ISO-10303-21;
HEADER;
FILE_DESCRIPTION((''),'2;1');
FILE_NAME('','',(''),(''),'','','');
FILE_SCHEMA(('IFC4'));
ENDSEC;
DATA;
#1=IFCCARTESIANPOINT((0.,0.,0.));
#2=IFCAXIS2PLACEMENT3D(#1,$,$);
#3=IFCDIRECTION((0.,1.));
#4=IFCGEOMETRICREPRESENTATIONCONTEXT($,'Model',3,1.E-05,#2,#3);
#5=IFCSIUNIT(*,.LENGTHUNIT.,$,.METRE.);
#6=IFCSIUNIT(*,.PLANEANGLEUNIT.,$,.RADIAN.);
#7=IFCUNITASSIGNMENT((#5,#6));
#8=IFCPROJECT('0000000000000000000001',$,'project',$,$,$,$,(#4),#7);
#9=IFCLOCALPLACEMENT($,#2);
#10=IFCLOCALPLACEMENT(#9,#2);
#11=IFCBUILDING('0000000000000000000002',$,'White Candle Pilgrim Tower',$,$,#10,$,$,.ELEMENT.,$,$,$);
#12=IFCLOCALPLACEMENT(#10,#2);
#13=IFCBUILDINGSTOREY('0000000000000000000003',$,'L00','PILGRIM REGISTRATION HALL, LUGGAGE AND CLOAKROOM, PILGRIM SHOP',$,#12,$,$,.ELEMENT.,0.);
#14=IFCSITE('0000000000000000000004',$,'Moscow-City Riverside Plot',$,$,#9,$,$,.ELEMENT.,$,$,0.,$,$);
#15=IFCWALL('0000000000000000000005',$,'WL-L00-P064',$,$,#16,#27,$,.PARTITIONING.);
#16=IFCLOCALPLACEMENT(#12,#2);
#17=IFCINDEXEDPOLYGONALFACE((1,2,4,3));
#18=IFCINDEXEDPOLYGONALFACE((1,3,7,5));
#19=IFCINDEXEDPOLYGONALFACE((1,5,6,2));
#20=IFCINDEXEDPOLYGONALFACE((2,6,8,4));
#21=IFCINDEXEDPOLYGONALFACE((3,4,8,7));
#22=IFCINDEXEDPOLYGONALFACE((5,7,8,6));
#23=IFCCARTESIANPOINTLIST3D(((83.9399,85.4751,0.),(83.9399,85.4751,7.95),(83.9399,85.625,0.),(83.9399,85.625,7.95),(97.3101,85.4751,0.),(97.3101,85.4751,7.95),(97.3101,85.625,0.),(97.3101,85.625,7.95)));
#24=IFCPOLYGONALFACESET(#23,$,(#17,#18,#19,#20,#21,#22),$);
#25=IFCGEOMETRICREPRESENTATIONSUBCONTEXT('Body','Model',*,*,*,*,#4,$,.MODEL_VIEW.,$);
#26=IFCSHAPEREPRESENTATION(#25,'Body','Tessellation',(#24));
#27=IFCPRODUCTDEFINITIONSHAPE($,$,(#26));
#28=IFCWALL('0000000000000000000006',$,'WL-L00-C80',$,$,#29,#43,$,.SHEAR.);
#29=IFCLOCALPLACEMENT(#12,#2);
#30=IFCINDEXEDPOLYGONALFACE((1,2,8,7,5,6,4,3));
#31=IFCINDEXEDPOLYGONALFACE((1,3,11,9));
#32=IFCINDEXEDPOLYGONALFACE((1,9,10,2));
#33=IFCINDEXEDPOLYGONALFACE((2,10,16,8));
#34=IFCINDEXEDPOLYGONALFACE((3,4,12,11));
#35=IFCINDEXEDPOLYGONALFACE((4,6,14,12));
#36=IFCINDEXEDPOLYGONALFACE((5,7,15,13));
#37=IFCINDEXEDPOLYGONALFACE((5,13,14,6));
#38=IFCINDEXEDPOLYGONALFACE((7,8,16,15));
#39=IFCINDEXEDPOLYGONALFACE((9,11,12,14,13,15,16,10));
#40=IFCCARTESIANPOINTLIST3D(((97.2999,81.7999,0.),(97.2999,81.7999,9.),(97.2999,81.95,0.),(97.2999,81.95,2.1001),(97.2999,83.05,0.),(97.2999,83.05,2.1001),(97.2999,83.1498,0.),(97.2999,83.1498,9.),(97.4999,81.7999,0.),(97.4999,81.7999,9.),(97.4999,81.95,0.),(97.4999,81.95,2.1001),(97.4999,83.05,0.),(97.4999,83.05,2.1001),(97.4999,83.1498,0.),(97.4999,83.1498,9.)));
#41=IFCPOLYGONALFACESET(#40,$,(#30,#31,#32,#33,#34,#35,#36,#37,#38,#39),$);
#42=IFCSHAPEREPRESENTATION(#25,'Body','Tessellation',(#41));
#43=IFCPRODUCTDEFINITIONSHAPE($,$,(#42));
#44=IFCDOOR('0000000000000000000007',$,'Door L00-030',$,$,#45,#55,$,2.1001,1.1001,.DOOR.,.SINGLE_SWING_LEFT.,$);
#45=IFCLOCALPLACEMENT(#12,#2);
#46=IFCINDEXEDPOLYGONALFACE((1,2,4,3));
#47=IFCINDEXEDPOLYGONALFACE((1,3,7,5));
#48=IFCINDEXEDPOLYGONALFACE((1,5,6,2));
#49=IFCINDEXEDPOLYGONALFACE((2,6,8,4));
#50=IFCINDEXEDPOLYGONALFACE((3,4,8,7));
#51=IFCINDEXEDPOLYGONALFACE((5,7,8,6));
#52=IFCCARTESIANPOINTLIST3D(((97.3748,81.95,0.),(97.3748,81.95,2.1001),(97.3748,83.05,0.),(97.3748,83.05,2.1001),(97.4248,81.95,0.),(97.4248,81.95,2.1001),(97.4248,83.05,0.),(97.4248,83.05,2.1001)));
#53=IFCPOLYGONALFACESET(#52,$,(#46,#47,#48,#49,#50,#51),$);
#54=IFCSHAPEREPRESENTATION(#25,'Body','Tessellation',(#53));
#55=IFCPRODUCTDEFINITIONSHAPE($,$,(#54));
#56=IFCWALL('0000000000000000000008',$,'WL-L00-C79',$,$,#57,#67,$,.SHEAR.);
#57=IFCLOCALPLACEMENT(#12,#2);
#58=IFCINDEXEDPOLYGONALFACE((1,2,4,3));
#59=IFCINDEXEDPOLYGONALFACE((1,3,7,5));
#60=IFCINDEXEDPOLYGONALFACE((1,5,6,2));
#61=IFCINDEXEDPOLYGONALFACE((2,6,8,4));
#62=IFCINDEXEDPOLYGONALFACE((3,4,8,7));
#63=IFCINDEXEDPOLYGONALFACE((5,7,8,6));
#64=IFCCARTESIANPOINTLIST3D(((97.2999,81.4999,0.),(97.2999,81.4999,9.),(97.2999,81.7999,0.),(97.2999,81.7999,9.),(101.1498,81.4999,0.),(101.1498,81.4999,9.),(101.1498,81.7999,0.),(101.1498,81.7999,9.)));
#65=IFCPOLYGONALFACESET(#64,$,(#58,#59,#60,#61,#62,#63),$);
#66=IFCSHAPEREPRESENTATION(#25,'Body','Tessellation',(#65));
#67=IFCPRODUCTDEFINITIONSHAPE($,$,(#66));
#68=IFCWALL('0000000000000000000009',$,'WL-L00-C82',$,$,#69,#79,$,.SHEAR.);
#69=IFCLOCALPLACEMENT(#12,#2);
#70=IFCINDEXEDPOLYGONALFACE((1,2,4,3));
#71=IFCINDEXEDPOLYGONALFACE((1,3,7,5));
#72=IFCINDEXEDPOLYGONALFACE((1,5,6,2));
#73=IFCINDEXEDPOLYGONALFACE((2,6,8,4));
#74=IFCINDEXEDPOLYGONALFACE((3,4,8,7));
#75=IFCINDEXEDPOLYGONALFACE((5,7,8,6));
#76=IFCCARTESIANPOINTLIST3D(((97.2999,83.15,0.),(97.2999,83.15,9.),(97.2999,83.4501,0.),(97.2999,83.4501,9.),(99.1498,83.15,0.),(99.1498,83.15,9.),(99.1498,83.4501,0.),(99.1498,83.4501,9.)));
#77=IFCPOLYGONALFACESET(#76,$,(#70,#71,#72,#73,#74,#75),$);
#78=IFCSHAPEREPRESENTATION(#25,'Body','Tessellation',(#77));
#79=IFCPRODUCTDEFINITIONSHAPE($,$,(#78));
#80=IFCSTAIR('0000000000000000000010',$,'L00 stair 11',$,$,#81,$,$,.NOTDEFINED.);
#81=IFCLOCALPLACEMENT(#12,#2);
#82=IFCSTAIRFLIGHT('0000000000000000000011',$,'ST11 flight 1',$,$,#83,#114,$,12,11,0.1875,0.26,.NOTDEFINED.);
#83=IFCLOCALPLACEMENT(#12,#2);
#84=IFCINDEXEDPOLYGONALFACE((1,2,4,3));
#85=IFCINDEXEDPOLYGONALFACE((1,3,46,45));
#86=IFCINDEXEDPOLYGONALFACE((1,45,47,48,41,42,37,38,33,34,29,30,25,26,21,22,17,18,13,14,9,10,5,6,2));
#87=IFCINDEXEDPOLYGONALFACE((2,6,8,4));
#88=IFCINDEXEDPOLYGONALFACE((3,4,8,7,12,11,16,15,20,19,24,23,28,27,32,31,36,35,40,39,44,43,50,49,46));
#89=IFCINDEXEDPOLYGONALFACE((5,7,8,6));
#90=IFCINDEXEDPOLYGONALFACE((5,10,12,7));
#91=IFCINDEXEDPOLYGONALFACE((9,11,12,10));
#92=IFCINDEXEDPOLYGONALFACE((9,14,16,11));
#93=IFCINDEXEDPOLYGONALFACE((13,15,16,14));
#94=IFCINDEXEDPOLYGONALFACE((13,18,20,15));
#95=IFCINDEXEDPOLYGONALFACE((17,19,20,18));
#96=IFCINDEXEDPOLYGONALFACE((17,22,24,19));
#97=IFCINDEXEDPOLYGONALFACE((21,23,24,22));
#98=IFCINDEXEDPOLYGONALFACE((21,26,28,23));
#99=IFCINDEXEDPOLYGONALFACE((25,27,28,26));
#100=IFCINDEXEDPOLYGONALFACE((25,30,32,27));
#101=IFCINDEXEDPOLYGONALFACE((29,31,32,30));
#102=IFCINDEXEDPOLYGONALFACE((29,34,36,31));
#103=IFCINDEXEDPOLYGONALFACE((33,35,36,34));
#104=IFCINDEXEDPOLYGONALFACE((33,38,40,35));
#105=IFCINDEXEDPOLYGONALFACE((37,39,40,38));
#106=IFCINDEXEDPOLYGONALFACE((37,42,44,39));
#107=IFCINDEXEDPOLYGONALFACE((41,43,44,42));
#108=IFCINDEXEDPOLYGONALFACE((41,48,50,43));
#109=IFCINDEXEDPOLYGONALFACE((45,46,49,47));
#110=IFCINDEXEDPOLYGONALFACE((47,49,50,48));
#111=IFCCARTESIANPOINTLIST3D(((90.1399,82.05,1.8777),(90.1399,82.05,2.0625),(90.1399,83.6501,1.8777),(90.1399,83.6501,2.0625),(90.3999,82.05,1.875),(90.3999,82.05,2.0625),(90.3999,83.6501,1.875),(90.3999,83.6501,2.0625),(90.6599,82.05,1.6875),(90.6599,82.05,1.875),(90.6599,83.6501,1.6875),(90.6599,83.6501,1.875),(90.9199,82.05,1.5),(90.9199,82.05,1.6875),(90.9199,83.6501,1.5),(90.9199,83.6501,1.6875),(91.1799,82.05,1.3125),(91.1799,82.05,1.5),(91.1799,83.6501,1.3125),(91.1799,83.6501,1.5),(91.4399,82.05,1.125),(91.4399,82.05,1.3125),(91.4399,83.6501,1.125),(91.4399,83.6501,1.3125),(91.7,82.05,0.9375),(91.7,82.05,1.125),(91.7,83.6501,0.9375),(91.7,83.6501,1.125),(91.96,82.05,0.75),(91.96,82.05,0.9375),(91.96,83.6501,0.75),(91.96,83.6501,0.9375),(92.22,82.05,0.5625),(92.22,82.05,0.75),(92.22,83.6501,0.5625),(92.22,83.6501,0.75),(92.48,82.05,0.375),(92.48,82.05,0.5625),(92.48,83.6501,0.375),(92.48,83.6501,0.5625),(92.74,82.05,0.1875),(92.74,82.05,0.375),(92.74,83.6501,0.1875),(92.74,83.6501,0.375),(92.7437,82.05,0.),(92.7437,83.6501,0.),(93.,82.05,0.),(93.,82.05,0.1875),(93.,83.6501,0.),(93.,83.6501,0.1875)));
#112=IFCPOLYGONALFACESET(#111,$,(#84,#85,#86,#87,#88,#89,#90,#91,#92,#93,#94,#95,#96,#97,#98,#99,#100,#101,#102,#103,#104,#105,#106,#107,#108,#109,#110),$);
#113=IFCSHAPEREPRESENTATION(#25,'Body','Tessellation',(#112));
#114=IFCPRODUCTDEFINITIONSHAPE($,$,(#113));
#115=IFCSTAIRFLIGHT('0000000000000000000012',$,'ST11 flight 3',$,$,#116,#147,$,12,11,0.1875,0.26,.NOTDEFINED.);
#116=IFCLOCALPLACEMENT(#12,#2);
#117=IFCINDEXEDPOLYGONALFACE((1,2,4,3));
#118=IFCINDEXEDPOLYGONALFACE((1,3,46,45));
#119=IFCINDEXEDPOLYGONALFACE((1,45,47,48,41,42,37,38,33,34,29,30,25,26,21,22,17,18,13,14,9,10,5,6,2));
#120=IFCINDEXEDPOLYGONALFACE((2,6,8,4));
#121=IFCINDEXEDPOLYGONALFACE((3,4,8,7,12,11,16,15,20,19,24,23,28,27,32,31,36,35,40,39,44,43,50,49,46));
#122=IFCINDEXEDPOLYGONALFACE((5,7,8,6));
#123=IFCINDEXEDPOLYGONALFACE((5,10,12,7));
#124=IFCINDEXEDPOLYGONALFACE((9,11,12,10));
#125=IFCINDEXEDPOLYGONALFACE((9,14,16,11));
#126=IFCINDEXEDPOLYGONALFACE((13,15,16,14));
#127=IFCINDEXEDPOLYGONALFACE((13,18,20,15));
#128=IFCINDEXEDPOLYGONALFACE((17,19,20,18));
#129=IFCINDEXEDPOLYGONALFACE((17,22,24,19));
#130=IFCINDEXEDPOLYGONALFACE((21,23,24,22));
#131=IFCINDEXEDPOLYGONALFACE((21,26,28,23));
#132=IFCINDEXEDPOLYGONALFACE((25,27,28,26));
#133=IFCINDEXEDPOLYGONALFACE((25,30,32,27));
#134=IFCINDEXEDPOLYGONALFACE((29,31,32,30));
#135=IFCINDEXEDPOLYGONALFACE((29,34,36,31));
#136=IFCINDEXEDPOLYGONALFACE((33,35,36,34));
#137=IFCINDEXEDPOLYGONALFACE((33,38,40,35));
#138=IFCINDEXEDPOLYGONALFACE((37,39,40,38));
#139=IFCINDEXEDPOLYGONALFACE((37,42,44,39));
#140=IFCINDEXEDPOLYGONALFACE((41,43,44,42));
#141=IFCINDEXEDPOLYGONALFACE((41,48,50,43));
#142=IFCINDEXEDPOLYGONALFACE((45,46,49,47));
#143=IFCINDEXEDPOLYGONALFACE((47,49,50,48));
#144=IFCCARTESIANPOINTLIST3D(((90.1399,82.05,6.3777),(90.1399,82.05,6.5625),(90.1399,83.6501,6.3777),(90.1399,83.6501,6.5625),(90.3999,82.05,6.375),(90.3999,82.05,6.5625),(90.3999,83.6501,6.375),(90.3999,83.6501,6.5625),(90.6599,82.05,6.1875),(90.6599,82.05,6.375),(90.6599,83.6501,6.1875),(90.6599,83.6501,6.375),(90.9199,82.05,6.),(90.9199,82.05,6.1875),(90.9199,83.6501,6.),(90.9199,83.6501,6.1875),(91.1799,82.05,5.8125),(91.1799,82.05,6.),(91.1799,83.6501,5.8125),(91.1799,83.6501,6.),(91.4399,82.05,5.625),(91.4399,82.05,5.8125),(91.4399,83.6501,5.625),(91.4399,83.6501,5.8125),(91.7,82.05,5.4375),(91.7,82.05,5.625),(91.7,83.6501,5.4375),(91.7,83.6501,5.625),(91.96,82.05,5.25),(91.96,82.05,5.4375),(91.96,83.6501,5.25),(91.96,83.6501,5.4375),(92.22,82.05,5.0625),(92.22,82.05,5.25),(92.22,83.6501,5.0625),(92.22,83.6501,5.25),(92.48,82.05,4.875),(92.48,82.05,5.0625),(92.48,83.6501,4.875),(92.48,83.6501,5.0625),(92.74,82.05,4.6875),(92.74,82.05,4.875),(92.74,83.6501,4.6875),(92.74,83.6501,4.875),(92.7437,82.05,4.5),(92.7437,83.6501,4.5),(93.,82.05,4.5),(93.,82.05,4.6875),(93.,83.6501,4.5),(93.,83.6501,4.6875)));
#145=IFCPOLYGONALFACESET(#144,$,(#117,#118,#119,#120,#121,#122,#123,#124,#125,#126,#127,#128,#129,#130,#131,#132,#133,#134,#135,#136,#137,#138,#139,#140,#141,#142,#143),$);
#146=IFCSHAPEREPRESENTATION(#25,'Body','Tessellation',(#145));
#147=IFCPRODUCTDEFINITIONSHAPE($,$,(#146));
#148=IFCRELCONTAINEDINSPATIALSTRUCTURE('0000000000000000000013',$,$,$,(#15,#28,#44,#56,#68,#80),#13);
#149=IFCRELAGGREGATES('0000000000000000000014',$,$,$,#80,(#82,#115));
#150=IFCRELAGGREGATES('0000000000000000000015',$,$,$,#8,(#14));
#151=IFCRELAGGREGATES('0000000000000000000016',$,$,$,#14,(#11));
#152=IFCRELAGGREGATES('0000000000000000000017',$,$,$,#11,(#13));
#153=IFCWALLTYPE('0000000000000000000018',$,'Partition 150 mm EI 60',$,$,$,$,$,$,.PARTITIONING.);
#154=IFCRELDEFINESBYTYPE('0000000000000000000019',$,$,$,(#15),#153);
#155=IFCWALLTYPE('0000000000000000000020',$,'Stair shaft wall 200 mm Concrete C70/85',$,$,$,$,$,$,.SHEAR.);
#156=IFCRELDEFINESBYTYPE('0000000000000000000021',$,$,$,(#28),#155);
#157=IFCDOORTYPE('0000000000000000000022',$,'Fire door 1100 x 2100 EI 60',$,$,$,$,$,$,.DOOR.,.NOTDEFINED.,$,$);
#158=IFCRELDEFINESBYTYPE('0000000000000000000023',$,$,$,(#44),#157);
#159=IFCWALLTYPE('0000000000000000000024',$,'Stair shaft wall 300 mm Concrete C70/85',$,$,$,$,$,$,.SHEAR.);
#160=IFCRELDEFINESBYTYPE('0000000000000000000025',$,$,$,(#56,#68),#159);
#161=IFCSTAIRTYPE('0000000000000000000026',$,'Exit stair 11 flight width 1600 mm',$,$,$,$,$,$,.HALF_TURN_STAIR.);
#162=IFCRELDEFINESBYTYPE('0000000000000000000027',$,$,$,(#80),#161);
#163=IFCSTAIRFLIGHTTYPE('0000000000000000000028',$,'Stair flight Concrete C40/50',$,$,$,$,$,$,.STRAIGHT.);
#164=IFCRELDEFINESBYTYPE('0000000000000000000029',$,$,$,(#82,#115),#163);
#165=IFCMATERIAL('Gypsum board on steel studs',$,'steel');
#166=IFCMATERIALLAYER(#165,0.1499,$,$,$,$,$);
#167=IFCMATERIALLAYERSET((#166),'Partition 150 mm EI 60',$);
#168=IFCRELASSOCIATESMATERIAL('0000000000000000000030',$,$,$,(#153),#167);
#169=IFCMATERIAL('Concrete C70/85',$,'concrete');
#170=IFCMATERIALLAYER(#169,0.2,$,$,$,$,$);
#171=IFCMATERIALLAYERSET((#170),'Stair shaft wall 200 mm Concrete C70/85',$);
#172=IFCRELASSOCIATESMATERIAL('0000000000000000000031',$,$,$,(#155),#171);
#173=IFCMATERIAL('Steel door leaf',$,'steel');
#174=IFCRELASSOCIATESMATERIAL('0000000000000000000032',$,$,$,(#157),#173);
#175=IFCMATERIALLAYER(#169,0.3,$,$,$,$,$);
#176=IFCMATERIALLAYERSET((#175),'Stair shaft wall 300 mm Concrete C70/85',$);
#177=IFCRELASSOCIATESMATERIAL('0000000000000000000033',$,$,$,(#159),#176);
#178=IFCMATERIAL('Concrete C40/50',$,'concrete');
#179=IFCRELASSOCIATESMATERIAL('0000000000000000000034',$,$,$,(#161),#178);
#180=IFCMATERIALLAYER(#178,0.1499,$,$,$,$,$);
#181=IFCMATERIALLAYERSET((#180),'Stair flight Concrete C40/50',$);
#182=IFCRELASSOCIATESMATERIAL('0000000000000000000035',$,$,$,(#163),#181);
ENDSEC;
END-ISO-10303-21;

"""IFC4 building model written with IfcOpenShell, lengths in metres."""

from ifc_helpers import new_model, si_unit, direction, frame, frame_2d, origin, place, context, subcontext, project, spatial, polyline, rectangle, outline, extrude, material, layer, layer_set, type_object, element, fill, aggregate, save


model = new_model("IFC4")

# Units and contexts
model_context = context("Model", 3, precision=1e-05, world=origin(), true_north=direction((0.0, 1.0)))
body_context = subcontext(model_context, "Body", "Model", "MODEL_VIEW")
ifc_project = project(units=[si_unit("LENGTHUNIT", "METRE"), si_unit("PLANEANGLEUNIT", "RADIAN")], contexts=[model_context])

# Site, building, storey
site_placement = place(None, origin())
site = spatial("IfcSite", under=ifc_project, at=site_placement, Name="Moscow-City Riverside Plot", CompositionType="ELEMENT", RefElevation=0.0)
building_placement = place(site_placement, origin())
building = spatial("IfcBuilding", under=site, at=building_placement, Name="White Candle Pilgrim Tower", CompositionType="ELEMENT")
storey_placement = place(building_placement, origin())
storey = spatial("IfcBuildingStorey", under=building, at=storey_placement, Name="L00", Description="PILGRIM REGISTRATION HALL, LUGGAGE AND CLOAKROOM, PILGRIM SHOP", CompositionType="ELEMENT", Elevation=0.0)

# Shared definitions
ifc_material_1 = material(Name="Concrete C70/85", Category="concrete")

# Wall
ifc_material_2 = material(Name="Gypsum board on steel studs", Category="steel")
ifc_layer_1 = layer(ifc_material_2, 0.1499)
ifc_layer_set_1 = layer_set([ifc_layer_1], Name="Partition 150 mm EI 60")
wall_type_1 = type_object("IfcWallType", Name="Partition 150 mm EI 60", PredefinedType="PARTITIONING", material=ifc_layer_set_1)
wall_1_placement = place(storey_placement, frame((97.3101, 85.55, 0.0), z_axis=(0.0, 0.0, 1.0), x_axis=(-1.0, 0.0, 0.0)))
element("IfcWall", 1, at=wall_1_placement, inside=storey, type_object=wall_type_1, Name="WL-L00-P064", PredefinedType="PARTITIONING", context=body_context, shape_type="SweptSolid", body=[
    extrude(rectangle(XDim=13.3701, YDim=0.1499, at=frame_2d((6.6851, 0.0))), origin(), (0.0, 0.0, 1.0), 7.95),
])

# Wall, opening, door
ifc_layer_2 = layer(ifc_material_1, 0.2)
ifc_layer_set_2 = layer_set([ifc_layer_2], Name="Stair shaft wall 200 mm Concrete C70/85")
wall_type_2 = type_object("IfcWallType", Name="Stair shaft wall 200 mm Concrete C70/85", PredefinedType="SHEAR", material=ifc_layer_set_2)
wall_2_placement = place(storey_placement, frame((97.3999, 81.8, 0.0), z_axis=(0.0, 0.0, 1.0), x_axis=(0.0, 1.0, 0.0)))
wall_2 = element("IfcWall", 2, at=wall_2_placement, inside=storey, type_object=wall_type_2, Name="WL-L00-C80", PredefinedType="SHEAR", context=body_context, shape_type="SweptSolid", body=[
    extrude(rectangle(XDim=1.3499, YDim=0.2, at=frame_2d((0.6748, 0.0))), origin(), (0.0, 0.0, 1.0), 9.0),
])
opening_1_placement = place(wall_2_placement, frame((0.1499, 0.0, 0.0)))
opening_1 = element("IfcOpeningElement", 3, at=opening_1_placement, cuts=wall_2, PredefinedType="OPENING", context=body_context, shape_type="SweptSolid", body=[
    extrude(rectangle(XDim=1.1001, YDim=2.1001, at=frame_2d((0.55, 1.05))), frame((0.0, 0.1099, 0.0), z_axis=(0.0, -1.0, 0.0), x_axis=(1.0, 0.0, 0.0)), (0.0, 0.0, 1.0), 0.22),
])
ifc_material_3 = material(Name="Steel door leaf", Category="steel")
door_type_1 = type_object("IfcDoorType", Name="Fire door 1100 x 2100 EI 60", OperationType="NOTDEFINED", PredefinedType="DOOR", material=ifc_material_3)
door_1_placement = place(opening_1_placement, frame((1.1001, 0.0, 0.0), z_axis=(0.0, 0.0, 1.0), x_axis=(-1.0, 0.0, 0.0)))
door_1 = element("IfcDoor", 4, at=door_1_placement, inside=storey, type_object=door_type_1, Name="Door L00-030", OperationType="SINGLE_SWING_LEFT", OverallHeight=2.1001, OverallWidth=1.1001, PredefinedType="DOOR", context=body_context, shape_type="SweptSolid", body=[
    extrude(rectangle(XDim=1.1001, YDim=2.1001, at=frame_2d((0.55, 1.05))), frame((0.0, 0.0249, 0.0), z_axis=(0.0, -1.0, 0.0), x_axis=(1.0, 0.0, 0.0)), (0.0, 0.0, 1.0), 0.05),
])
fill(opening_1, door_1)

# Walls
ifc_layer_3 = layer(ifc_material_1, 0.3)
ifc_layer_set_3 = layer_set([ifc_layer_3], Name="Stair shaft wall 300 mm Concrete C70/85")
wall_type_3 = type_object("IfcWallType", Name="Stair shaft wall 300 mm Concrete C70/85", PredefinedType="SHEAR", material=ifc_layer_set_3)
wall_3_placement = place(storey_placement, frame((97.3, 81.6499, 0.0), z_axis=(0.0, 0.0, 1.0), x_axis=(1.0, 0.0, 0.0)))
element("IfcWall", 5, at=wall_3_placement, inside=storey, type_object=wall_type_3, Name="WL-L00-C79", PredefinedType="SHEAR", context=body_context, shape_type="SweptSolid", body=[
    extrude(rectangle(XDim=3.8499, YDim=0.3, at=frame_2d((1.9248, 0.0))), origin(), (0.0, 0.0, 1.0), 9.0),
])
wall_4_placement = place(storey_placement, frame((97.3, 83.3, 0.0), z_axis=(0.0, 0.0, 1.0), x_axis=(1.0, 0.0, 0.0)))
element("IfcWall", 6, at=wall_4_placement, inside=storey, type_object=wall_type_3, Name="WL-L00-C82", PredefinedType="SHEAR", context=body_context, shape_type="SweptSolid", body=[
    extrude(rectangle(XDim=1.8499, YDim=0.3, at=frame_2d((0.9248, 0.0))), origin(), (0.0, 0.0, 1.0), 9.0),
])

# Stair, stair flights
ifc_material_4 = material(Name="Concrete C40/50", Category="concrete")
stair_type = type_object("IfcStairType", Name="Exit stair 11 flight width 1600 mm", PredefinedType="HALF_TURN_STAIR", material=ifc_material_4)
stair_placement = place(storey_placement, origin())
stair = element("IfcStair", 7, at=stair_placement, inside=storey, type_object=stair_type, Name="L00 stair 11", PredefinedType="NOTDEFINED")
ifc_layer_4 = layer(ifc_material_4, 0.1499)
ifc_layer_set_4 = layer_set([ifc_layer_4], Name="Stair flight Concrete C40/50")
stair_flight_type = type_object("IfcStairFlightType", Name="Stair flight Concrete C40/50", PredefinedType="STRAIGHT", material=ifc_layer_set_4)
stair_flight_1_placement = place(storey_placement, frame((93.0, 82.8501, 0.0), z_axis=(0.0, 0.0, 1.0), x_axis=(-1.0, 0.0, 0.0)))
stair_flight_1 = element("IfcStairFlight", 8, at=stair_flight_1_placement, type_object=stair_flight_type, Name="ST11 flight 1", NumberOfRisers=12, NumberOfTreads=11, PredefinedType="NOTDEFINED", RiserHeight=0.1875, TreadLength=0.26, context=body_context, shape_type="SweptSolid", body=[
    extrude(outline(polyline([(0.0, 0.0), (0.0, 0.1875), (0.26, 0.1875), (0.26, 0.375), (0.52, 0.375), (0.52, 0.5625), (0.78, 0.5625), (0.78, 0.75), (1.04, 0.75), (1.04, 0.9375), (1.3, 0.9375), (1.3, 1.125), (1.5601, 1.125), (1.5601, 1.3125), (1.8201, 1.3125), (1.8201, 1.5), (2.0801, 1.5), (2.0801, 1.6875), (2.3401, 1.6875), (2.3401, 1.875), (2.6001, 1.875), (2.6001, 2.0625), (2.8601, 2.0625), (2.8601, 2.25), (2.8601, 1.8777), (0.2563, 0.0), (0.0, 0.0)])), frame((0.0, 0.8, 0.0), z_axis=(0.0, -1.0, 0.0), x_axis=(1.0, 0.0, 0.0)), (0.0, 0.0, 1.0), 1.6001),
])
stair_flight_2_placement = place(storey_placement, frame((93.0, 82.8501, 4.5), z_axis=(0.0, 0.0, 1.0), x_axis=(-1.0, 0.0, 0.0)))
stair_flight_2 = element("IfcStairFlight", 9, at=stair_flight_2_placement, type_object=stair_flight_type, Name="ST11 flight 3", NumberOfRisers=12, NumberOfTreads=11, PredefinedType="NOTDEFINED", RiserHeight=0.1875, TreadLength=0.26, context=body_context, shape_type="SweptSolid", body=[
    extrude(outline(polyline([(0.0, 0.0), (0.0, 0.1875), (0.26, 0.1875), (0.26, 0.375), (0.52, 0.375), (0.52, 0.5625), (0.78, 0.5625), (0.78, 0.75), (1.04, 0.75), (1.04, 0.9375), (1.3, 0.9375), (1.3, 1.125), (1.5601, 1.125), (1.5601, 1.3125), (1.8201, 1.3125), (1.8201, 1.5), (2.0801, 1.5), (2.0801, 1.6875), (2.3401, 1.6875), (2.3401, 1.875), (2.6001, 1.875), (2.6001, 2.0625), (2.8601, 2.0625), (2.8601, 2.25), (2.8601, 1.8777), (0.2563, 0.0), (0.0, 0.0)])), frame((0.0, 0.8, 0.0), z_axis=(0.0, -1.0, 0.0), x_axis=(1.0, 0.0, 0.0)), (0.0, 0.0, 1.0), 1.6001),
])
aggregate(stair, [stair_flight_1, stair_flight_2])

save(model, "model.ifc")
